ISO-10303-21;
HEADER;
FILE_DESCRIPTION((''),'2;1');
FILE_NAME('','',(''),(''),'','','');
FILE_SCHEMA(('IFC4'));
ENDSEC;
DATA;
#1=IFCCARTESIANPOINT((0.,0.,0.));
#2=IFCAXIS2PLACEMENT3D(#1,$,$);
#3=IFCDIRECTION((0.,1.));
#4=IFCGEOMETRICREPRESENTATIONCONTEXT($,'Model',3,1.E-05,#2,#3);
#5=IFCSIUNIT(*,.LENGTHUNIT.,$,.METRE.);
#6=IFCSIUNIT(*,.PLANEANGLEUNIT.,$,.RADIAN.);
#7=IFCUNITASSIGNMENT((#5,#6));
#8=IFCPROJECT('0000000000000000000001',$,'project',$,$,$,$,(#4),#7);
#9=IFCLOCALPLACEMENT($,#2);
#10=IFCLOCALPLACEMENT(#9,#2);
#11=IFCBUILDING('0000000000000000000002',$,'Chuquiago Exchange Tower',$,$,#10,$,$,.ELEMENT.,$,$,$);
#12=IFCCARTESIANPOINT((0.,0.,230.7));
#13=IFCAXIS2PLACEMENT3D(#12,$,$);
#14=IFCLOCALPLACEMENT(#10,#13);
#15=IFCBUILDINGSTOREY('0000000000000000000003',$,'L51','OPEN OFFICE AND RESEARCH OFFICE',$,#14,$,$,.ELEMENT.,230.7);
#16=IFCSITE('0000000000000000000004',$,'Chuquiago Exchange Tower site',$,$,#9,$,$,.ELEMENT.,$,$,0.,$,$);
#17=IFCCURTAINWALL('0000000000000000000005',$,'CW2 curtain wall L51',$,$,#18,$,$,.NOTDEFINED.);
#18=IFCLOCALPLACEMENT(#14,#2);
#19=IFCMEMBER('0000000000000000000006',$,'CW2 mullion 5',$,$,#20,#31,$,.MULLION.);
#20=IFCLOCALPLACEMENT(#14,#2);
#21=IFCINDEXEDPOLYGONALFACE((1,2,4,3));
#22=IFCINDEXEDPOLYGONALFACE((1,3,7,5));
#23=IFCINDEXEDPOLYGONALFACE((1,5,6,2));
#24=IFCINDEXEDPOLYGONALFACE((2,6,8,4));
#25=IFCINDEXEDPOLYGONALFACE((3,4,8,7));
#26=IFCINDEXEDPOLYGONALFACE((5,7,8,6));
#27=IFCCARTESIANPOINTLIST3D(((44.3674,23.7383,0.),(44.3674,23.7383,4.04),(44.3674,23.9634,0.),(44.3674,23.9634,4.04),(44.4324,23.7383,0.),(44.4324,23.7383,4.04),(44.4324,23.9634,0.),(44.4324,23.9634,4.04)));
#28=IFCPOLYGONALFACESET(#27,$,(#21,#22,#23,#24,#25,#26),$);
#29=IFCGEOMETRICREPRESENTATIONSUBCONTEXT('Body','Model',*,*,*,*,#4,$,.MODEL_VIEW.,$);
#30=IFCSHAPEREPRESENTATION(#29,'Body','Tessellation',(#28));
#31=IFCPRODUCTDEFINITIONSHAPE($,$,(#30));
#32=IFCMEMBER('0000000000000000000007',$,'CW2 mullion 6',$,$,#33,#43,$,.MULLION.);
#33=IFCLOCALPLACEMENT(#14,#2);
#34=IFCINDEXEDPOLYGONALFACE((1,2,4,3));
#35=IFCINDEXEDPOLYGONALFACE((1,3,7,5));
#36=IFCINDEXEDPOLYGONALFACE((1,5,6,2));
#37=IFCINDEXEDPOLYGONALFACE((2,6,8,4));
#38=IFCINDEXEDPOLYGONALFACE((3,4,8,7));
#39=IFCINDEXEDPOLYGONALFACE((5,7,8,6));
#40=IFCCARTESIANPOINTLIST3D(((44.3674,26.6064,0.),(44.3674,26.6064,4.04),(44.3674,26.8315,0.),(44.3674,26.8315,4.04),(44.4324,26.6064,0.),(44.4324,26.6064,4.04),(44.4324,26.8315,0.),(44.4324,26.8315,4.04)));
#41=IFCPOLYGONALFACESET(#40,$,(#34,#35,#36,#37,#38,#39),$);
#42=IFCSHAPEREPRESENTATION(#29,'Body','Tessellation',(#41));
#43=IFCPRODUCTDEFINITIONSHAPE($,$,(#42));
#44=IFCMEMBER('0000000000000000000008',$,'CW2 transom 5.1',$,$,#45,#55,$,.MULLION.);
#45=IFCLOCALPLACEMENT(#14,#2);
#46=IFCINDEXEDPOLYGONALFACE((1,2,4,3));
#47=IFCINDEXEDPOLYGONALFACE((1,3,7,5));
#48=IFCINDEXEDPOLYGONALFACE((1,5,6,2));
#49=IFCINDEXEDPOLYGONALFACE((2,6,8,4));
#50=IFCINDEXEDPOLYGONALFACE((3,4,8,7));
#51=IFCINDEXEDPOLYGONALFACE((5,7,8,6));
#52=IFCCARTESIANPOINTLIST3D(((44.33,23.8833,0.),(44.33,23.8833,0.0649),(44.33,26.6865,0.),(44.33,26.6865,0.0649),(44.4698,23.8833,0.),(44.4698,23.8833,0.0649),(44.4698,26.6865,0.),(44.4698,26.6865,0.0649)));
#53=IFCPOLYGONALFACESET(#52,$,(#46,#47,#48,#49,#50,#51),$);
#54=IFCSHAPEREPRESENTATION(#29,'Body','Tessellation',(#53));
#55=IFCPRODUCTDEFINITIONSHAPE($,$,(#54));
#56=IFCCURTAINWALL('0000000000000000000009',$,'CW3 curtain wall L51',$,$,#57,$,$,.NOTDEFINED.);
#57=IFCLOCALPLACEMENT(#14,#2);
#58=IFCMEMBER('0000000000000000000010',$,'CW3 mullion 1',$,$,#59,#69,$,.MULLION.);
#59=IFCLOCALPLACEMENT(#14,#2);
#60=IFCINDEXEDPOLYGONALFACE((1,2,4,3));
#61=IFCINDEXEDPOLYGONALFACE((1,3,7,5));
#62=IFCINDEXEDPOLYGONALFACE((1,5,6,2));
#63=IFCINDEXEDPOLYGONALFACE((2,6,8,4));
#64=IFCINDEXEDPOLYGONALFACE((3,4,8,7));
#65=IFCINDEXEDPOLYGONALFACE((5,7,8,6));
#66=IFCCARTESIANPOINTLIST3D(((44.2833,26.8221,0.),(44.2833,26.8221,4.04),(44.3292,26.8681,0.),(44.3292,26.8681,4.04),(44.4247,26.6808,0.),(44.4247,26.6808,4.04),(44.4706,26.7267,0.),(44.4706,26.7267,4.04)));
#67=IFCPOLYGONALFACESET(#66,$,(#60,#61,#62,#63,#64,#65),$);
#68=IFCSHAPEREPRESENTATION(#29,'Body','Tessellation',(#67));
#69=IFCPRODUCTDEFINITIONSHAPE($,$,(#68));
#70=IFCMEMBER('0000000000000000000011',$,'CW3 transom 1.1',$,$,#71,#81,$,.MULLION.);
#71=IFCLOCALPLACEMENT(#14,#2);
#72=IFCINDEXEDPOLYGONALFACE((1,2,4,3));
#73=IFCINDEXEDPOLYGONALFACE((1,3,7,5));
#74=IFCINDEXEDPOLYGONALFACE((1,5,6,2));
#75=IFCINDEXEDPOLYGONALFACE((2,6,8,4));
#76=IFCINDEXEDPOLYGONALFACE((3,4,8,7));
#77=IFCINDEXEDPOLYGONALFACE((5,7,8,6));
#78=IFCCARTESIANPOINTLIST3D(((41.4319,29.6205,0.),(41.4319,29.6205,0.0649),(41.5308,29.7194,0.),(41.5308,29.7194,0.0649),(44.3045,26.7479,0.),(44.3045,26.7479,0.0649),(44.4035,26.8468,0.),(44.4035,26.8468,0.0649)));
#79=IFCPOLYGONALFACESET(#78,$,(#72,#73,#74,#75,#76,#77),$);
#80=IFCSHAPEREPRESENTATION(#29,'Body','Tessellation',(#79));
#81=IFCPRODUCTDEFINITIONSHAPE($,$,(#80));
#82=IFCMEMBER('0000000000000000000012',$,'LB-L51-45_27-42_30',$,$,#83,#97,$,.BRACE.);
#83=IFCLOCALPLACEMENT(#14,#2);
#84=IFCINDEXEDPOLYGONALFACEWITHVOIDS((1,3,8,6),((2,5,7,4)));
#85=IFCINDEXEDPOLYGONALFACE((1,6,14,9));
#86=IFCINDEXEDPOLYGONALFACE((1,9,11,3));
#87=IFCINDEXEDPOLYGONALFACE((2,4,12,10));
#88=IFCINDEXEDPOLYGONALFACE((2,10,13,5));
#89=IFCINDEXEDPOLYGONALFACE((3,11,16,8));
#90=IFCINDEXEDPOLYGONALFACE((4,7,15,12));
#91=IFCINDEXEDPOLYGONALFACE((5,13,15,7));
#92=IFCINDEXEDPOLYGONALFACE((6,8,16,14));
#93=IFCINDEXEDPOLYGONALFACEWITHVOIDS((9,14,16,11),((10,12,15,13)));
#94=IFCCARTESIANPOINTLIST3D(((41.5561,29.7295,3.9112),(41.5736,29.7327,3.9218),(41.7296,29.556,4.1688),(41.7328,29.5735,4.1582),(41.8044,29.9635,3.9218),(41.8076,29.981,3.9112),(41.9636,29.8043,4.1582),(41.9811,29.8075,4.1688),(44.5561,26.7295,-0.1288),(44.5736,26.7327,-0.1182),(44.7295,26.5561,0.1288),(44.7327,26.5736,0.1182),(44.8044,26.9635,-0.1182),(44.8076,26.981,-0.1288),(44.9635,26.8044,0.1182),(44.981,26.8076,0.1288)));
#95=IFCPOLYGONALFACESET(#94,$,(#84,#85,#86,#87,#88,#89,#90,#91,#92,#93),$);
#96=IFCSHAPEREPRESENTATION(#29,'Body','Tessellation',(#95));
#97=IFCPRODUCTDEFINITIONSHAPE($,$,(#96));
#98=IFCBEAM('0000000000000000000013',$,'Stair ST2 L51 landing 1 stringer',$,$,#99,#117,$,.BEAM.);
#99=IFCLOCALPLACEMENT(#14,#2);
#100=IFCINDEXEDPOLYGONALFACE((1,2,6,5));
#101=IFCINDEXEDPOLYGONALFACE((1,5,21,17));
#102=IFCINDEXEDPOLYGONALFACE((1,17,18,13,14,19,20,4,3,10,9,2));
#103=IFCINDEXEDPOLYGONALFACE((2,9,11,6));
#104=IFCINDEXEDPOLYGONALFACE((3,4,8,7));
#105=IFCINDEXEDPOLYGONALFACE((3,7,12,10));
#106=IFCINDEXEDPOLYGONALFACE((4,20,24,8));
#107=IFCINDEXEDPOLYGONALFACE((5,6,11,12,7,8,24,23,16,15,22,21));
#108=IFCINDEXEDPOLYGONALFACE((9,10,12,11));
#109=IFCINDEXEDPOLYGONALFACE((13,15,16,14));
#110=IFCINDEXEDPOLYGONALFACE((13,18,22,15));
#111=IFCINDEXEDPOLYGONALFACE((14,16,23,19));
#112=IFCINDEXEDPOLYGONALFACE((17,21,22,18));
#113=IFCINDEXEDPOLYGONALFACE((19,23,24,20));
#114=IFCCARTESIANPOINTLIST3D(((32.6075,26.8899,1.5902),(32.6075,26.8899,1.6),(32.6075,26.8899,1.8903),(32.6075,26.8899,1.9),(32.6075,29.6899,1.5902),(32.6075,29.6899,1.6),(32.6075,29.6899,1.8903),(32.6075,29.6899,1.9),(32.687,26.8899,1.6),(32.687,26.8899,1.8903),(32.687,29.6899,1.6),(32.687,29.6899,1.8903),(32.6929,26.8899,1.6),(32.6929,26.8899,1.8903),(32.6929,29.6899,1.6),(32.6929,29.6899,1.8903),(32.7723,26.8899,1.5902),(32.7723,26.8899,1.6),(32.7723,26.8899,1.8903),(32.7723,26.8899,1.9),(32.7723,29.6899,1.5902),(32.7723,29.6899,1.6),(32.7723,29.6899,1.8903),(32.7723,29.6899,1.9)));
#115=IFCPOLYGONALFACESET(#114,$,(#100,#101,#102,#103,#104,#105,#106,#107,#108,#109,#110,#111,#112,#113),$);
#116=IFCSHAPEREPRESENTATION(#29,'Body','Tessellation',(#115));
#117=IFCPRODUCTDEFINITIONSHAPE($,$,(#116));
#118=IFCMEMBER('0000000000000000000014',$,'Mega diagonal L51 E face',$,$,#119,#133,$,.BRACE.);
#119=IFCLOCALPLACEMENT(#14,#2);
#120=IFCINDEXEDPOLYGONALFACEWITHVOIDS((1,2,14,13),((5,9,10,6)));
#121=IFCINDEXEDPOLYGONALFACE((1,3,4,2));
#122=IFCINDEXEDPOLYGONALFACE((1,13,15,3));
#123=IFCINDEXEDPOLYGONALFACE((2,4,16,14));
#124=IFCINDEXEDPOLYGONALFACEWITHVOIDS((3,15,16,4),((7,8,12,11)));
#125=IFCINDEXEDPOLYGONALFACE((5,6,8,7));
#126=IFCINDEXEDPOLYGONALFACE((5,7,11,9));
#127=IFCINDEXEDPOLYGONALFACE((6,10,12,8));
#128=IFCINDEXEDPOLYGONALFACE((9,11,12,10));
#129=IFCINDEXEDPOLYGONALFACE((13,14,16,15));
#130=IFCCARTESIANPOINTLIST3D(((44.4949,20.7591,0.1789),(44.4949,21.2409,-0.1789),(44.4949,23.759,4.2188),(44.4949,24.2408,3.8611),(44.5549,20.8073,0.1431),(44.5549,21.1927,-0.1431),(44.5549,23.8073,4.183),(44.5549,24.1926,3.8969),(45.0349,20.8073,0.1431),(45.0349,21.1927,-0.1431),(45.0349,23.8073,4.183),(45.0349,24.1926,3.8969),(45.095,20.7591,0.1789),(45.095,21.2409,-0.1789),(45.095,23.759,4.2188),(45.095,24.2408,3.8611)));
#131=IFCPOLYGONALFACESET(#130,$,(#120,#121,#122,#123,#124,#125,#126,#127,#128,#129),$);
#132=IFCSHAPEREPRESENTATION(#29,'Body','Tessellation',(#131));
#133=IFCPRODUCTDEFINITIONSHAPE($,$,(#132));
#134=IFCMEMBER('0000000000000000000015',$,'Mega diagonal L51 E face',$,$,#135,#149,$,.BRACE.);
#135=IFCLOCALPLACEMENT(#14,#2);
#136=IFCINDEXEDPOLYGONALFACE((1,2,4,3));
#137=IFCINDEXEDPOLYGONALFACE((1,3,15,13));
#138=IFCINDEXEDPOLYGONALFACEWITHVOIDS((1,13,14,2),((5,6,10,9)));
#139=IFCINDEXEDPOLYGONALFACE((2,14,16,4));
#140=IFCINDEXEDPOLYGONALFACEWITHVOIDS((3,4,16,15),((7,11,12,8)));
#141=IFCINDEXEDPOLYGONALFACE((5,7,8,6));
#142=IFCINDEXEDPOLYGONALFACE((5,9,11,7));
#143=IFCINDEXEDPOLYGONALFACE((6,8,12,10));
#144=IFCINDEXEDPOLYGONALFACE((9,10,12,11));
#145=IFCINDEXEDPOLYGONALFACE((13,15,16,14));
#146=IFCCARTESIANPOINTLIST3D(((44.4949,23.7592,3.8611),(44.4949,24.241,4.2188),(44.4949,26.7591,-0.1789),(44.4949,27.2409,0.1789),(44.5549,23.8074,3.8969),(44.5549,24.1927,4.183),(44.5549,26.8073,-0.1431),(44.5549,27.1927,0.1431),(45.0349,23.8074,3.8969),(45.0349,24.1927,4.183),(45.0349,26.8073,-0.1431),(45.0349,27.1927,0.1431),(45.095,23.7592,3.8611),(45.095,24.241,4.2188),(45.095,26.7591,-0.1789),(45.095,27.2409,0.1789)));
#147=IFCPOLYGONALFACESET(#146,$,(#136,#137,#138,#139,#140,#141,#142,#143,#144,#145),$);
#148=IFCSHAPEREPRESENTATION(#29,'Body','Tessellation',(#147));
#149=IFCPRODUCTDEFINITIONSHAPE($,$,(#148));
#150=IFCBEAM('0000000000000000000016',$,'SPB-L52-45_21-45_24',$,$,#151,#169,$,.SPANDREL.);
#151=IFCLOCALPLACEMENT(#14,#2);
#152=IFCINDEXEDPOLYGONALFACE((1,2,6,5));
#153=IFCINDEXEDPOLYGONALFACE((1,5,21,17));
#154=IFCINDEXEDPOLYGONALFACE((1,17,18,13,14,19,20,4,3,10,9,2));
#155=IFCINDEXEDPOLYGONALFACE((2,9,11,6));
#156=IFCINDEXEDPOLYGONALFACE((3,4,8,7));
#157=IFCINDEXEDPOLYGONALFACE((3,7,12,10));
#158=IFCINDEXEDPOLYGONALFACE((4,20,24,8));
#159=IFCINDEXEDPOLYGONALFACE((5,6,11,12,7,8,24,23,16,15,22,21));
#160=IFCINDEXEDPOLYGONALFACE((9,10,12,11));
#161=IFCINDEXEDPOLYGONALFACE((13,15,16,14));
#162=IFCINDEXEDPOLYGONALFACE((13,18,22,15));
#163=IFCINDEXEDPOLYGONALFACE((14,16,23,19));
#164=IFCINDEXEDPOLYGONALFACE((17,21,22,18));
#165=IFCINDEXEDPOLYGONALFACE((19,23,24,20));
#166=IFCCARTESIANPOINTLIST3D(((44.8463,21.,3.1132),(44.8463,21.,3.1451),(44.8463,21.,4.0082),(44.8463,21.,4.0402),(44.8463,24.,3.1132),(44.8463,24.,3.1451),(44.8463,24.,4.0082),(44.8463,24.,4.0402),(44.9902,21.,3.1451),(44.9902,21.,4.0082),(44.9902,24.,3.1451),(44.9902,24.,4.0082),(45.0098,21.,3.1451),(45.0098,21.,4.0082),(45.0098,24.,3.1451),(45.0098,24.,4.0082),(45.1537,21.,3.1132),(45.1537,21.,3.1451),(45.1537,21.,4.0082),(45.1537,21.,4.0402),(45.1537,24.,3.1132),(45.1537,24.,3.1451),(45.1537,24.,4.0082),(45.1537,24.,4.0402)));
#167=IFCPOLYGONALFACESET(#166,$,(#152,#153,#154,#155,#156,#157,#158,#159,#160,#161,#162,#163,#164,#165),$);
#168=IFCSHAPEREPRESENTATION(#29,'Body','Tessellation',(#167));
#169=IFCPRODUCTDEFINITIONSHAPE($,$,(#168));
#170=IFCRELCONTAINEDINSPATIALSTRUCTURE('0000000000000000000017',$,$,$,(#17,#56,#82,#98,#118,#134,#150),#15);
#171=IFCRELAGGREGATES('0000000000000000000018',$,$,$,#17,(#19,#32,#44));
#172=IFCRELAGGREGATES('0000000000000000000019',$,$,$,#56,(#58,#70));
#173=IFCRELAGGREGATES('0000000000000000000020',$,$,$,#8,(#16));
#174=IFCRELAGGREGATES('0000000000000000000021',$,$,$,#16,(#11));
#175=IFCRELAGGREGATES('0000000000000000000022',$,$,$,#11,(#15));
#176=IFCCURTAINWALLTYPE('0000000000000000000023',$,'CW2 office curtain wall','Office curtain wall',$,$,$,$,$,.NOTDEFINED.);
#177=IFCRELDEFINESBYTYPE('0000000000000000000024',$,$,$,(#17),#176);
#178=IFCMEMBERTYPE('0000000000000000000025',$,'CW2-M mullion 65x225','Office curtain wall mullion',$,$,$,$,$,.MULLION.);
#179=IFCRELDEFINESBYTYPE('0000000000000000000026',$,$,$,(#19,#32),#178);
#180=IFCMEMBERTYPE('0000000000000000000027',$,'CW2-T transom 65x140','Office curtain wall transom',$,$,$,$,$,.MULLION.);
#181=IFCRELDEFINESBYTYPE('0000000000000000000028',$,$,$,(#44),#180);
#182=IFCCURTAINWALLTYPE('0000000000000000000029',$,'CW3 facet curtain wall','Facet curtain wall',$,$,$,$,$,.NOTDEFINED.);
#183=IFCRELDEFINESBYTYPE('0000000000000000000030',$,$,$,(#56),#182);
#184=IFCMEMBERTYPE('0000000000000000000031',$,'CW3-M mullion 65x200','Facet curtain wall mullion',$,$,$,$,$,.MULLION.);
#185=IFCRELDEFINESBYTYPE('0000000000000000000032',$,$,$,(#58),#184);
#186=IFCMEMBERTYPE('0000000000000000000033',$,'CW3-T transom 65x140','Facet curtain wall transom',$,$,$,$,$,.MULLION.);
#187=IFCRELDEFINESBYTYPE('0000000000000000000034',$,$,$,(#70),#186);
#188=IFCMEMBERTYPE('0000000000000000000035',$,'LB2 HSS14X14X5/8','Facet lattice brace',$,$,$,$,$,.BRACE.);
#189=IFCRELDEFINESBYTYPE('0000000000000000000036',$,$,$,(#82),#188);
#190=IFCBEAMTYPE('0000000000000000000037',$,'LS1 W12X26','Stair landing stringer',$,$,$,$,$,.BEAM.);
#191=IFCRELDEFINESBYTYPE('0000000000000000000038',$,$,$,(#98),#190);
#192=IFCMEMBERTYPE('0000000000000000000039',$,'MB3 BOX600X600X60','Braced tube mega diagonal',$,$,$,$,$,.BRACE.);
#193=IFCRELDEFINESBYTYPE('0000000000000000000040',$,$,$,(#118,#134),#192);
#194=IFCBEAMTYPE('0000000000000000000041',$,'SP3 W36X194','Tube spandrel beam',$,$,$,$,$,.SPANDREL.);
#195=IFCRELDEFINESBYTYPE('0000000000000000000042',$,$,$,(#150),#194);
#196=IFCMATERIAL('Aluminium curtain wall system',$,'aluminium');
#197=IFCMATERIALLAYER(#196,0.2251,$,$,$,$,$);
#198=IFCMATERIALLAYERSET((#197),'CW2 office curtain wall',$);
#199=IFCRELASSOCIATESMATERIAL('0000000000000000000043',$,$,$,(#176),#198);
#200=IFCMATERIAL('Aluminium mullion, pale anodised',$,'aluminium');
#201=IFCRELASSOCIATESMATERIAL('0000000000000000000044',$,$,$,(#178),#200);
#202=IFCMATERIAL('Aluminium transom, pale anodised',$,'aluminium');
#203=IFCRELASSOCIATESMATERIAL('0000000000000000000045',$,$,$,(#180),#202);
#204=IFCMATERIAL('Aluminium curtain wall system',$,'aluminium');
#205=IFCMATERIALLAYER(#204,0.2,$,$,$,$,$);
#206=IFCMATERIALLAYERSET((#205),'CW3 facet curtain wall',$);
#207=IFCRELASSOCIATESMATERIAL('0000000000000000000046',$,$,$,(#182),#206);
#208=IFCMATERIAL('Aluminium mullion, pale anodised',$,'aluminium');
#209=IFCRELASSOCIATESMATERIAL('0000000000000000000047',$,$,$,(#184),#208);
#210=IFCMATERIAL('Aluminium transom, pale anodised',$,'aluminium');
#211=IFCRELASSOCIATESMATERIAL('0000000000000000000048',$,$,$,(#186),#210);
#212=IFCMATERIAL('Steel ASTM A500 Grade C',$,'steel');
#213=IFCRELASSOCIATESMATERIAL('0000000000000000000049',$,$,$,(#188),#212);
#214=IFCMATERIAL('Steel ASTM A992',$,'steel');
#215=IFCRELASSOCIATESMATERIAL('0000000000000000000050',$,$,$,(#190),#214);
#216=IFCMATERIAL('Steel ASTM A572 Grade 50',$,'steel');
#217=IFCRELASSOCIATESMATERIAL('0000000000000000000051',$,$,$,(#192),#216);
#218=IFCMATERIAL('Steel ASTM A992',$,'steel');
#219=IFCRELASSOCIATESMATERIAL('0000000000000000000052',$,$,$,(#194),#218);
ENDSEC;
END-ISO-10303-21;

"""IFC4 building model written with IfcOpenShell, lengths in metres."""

from ifc_helpers import new_model, si_unit, direction, frame, origin, origin_2d, place, context, subcontext, project, spatial, rectangle, hollow_rectangle, i_section, extrude, material, layer, layer_set, material_profile, profile_set, type_object, element, aggregate, save


model = new_model("IFC4")

# Units and contexts
model_context = context("Model", 3, precision=1e-05, world=origin(), true_north=direction((0.0, 1.0)))
body_context = subcontext(model_context, "Body", "Model", "MODEL_VIEW")
ifc_project = project(units=[si_unit("LENGTHUNIT", "METRE"), si_unit("PLANEANGLEUNIT", "RADIAN")], contexts=[model_context])

# Site, building, storey
site_placement = place(None, origin())
site = spatial("IfcSite", under=ifc_project, at=site_placement, Name="Chuquiago Exchange Tower site", CompositionType="ELEMENT", RefElevation=0.0)
building_placement = place(site_placement, origin())
building = spatial("IfcBuilding", under=site, at=building_placement, Name="Chuquiago Exchange Tower", CompositionType="ELEMENT")
storey_placement = place(building_placement, frame((0.0, 0.0, 230.7)))
storey = spatial("IfcBuildingStorey", under=building, at=storey_placement, Name="L51", Description="OPEN OFFICE AND RESEARCH OFFICE", CompositionType="ELEMENT", Elevation=230.7)

# Curtain walls, members
ifc_material_1 = material(Name="Aluminium curtain wall system", Category="aluminium")
ifc_layer_1 = layer(ifc_material_1, 0.2251)
ifc_layer_set_1 = layer_set([ifc_layer_1], Name="CW2 office curtain wall")
curtain_wall_type_1 = type_object("IfcCurtainWallType", Name="CW2 office curtain wall", Description="Office curtain wall", PredefinedType="NOTDEFINED", material=ifc_layer_set_1)
curtain_wall_1_placement = place(storey_placement, origin())
curtain_wall_1 = element("IfcCurtainWall", 1, at=curtain_wall_1_placement, inside=storey, type_object=curtain_wall_type_1, Name="CW2 curtain wall L51", PredefinedType="NOTDEFINED")
ifc_material_2 = material(Name="Aluminium mullion, pale anodised", Category="aluminium")
ifc_material_profile_1 = material_profile(ifc_material_2, rectangle(XDim=0.0649, YDim=0.2251, at=origin_2d()), Name="AL 65x225")
ifc_profile_set_1 = profile_set([ifc_material_profile_1], Name="Aluminium mullion, pale anodised")
member_type_1 = type_object("IfcMemberType", Name="CW2-M mullion 65x225", Description="Office curtain wall mullion", PredefinedType="MULLION", material=ifc_profile_set_1)
member_1_placement = place(storey_placement, frame((44.3999, 23.8508, 0.0), z_axis=(0.0, 0.0, 1.0), x_axis=(-1.0, 0.0, 0.0)))
member_1 = element("IfcMember", 2, at=member_1_placement, type_object=member_type_1, Name="CW2 mullion 5", PredefinedType="MULLION", context=body_context, shape_type="SweptSolid", body=[
    extrude(rectangle(XDim=0.0649, YDim=0.2251, at=origin_2d()), origin(), (0.0, 0.0, 1.0), 4.04),
])
member_2_placement = place(storey_placement, frame((44.3999, 26.719, 0.0), z_axis=(0.0, 0.0, 1.0), x_axis=(-1.0, 0.0, 0.0)))
member_2 = element("IfcMember", 3, at=member_2_placement, type_object=member_type_1, Name="CW2 mullion 6", PredefinedType="MULLION", context=body_context, shape_type="SweptSolid", body=[
    extrude(rectangle(XDim=0.0649, YDim=0.2251, at=origin_2d()), origin(), (0.0, 0.0, 1.0), 4.04),
])
ifc_material_3 = material(Name="Aluminium transom, pale anodised", Category="aluminium")
ifc_material_profile_2 = material_profile(ifc_material_3, rectangle(XDim=0.1399, YDim=0.0649, at=origin_2d()), Name="AL 140x65")
ifc_profile_set_2 = profile_set([ifc_material_profile_2], Name="Aluminium transom, pale anodised")
member_type_2 = type_object("IfcMemberType", Name="CW2-T transom 65x140", Description="Office curtain wall transom", PredefinedType="MULLION", material=ifc_profile_set_2)
member_3_placement = place(storey_placement, frame((44.3999, 23.8833, 0.0325), z_axis=(0.0, 1.0, 0.0), x_axis=(-1.0, 0.0, 0.0)))
member_3 = element("IfcMember", 4, at=member_3_placement, type_object=member_type_2, Name="CW2 transom 5.1", PredefinedType="MULLION", context=body_context, shape_type="SweptSolid", body=[
    extrude(rectangle(XDim=0.1399, YDim=0.0649, at=origin_2d()), origin(), (0.0, 0.0, 1.0), 2.8032),
])
ifc_material_4 = material(Name="Aluminium curtain wall system", Category="aluminium")
ifc_layer_2 = layer(ifc_material_4, 0.2)
ifc_layer_set_2 = layer_set([ifc_layer_2], Name="CW3 facet curtain wall")
curtain_wall_type_2 = type_object("IfcCurtainWallType", Name="CW3 facet curtain wall", Description="Facet curtain wall", PredefinedType="NOTDEFINED", material=ifc_layer_set_2)
curtain_wall_2_placement = place(storey_placement, origin())
curtain_wall_2 = element("IfcCurtainWall", 5, at=curtain_wall_2_placement, inside=storey, type_object=curtain_wall_type_2, Name="CW3 curtain wall L51", PredefinedType="NOTDEFINED")
ifc_material_5 = material(Name="Aluminium mullion, pale anodised", Category="aluminium")
ifc_material_profile_3 = material_profile(ifc_material_5, rectangle(XDim=0.0649, YDim=0.2, at=origin_2d()), Name="AL 65x200")
ifc_profile_set_3 = profile_set([ifc_material_profile_3], Name="Aluminium mullion, pale anodised")
member_type_3 = type_object("IfcMemberType", Name="CW3-M mullion 65x200", Description="Facet curtain wall mullion", PredefinedType="MULLION", material=ifc_profile_set_3)
member_4_placement = place(storey_placement, frame((44.377, 26.7744, 0.0), z_axis=(0.0, 0.0, 1.0), x_axis=(-0.707107, -0.707107, 0.0)))
member_4 = element("IfcMember", 6, at=member_4_placement, type_object=member_type_3, Name="CW3 mullion 1", PredefinedType="MULLION", context=body_context, shape_type="SweptSolid", body=[
    extrude(rectangle(XDim=0.0649, YDim=0.2, at=origin_2d()), origin(), (0.0, 0.0, 1.0), 4.04),
])
ifc_material_6 = material(Name="Aluminium transom, pale anodised", Category="aluminium")
ifc_material_profile_4 = material_profile(ifc_material_6, rectangle(XDim=0.1399, YDim=0.0649, at=origin_2d()), Name="AL 140x65")
ifc_profile_set_4 = profile_set([ifc_material_profile_4], Name="Aluminium transom, pale anodised")
member_type_4 = type_object("IfcMemberType", Name="CW3-T transom 65x140", Description="Facet curtain wall transom", PredefinedType="MULLION", material=ifc_profile_set_4)
member_5_placement = place(storey_placement, frame((44.354, 26.7974, 0.0325), z_axis=(-0.707107, 0.707107, 0.0), x_axis=(-0.707107, -0.707107, 0.0)))
member_5 = element("IfcMember", 7, at=member_5_placement, type_object=member_type_4, Name="CW3 transom 1.1", PredefinedType="MULLION", context=body_context, shape_type="SweptSolid", body=[
    extrude(rectangle(XDim=0.1399, YDim=0.0649, at=origin_2d()), origin(), (0.0, 0.0, 1.0), 4.0625),
])

# Member
ifc_material_7 = material(Name="Steel ASTM A500 Grade C", Category="steel")
ifc_material_profile_5 = material_profile(ifc_material_7, hollow_rectangle(XDim=0.3557, YDim=0.3557, WallThickness=0.0146, at=origin_2d()), Name="HSS14X14X5/8")
ifc_profile_set_5 = profile_set([ifc_material_profile_5], Name="Steel ASTM A500 Grade C")
member_type_5 = type_object("IfcMemberType", Name="LB2 HSS14X14X5/8", Description="Facet lattice brace", PredefinedType="BRACE", material=ifc_profile_set_5)
member_6_placement = place(storey_placement, frame((44.7686, 26.7686, 0.0), z_axis=(-0.512077, 0.512077, 0.689604), x_axis=(-0.707107, -0.707107, 0.0)))
element("IfcMember", 8, at=member_6_placement, inside=storey, type_object=member_type_5, Name="LB-L51-45_27-42_30", PredefinedType="BRACE", context=body_context, shape_type="SweptSolid", body=[
    extrude(hollow_rectangle(XDim=0.3557, YDim=0.3557, WallThickness=0.0146, at=origin_2d()), origin(), (0.0, 0.0, 1.0), 5.8584),
])

# Beam
ifc_material_8 = material(Name="Steel ASTM A992", Category="steel")
ifc_material_profile_6 = material_profile(ifc_material_8, i_section(OverallWidth=0.1648, OverallDepth=0.3098, WebThickness=0.0059, FlangeThickness=0.0098, at=origin_2d()), Name="W12X26")
ifc_profile_set_6 = profile_set([ifc_material_profile_6], Name="Steel ASTM A992")
beam_type_1 = type_object("IfcBeamType", Name="LS1 W12X26", Description="Stair landing stringer", PredefinedType="BEAM", material=ifc_profile_set_6)
beam_1_placement = place(storey_placement, frame((32.6899, 26.8899, 1.7451), z_axis=(0.0, 1.0, 0.0), x_axis=(-1.0, 0.0, 0.0)))
element("IfcBeam", 9, at=beam_1_placement, inside=storey, type_object=beam_type_1, Name="Stair ST2 L51 landing 1 stringer", PredefinedType="BEAM", context=body_context, shape_type="SweptSolid", body=[
    extrude(i_section(OverallWidth=0.1648, OverallDepth=0.3098, WebThickness=0.0059, FlangeThickness=0.0098, at=origin_2d()), origin(), (0.0, 0.0, 1.0), 2.8),
])

# Members
ifc_material_9 = material(Name="Steel ASTM A572 Grade 50", Category="steel")
ifc_material_profile_7 = material_profile(ifc_material_9, hollow_rectangle(XDim=0.6001, YDim=0.6001, WallThickness=0.0601, at=origin_2d()), Name="BOX600X600X60")
ifc_profile_set_7 = profile_set([ifc_material_profile_7], Name="Steel ASTM A572 Grade 50")
member_type_6 = type_object("IfcMemberType", Name="MB3 BOX600X600X60", Description="Braced tube mega diagonal", PredefinedType="BRACE", material=ifc_profile_set_7)
for number, where, z_axis, x_axis, name in (
    (10, (44.7949, 21.0, 0.0), (0.0, 0.596174, 0.802855), (-1.0, 0.0, 0.0), "Mega diagonal L51 E face"),
    (11, (44.7949, 27.0, 0.0), (0.0, -0.596174, 0.802855), (1.0, 0.0, 0.0), "Mega diagonal L51 E face"),
):
    element("IfcMember", number, at=place(storey_placement, frame(where, z_axis=z_axis, x_axis=x_axis)), inside=storey, type_object=member_type_6, Name=name, PredefinedType="BRACE", context=body_context, shape_type="SweptSolid", body=[
        extrude(hollow_rectangle(XDim=0.6001, YDim=0.6001, WallThickness=0.0601, at=origin_2d()), origin(), (0.0, 0.0, 1.0), 5.032),
    ])

# Beam
ifc_material_10 = material(Name="Steel ASTM A992", Category="steel")
ifc_material_profile_8 = material_profile(ifc_material_10, i_section(OverallWidth=0.3074, OverallDepth=0.927, WebThickness=0.0195, FlangeThickness=0.032, at=origin_2d()), Name="W36X194")
ifc_profile_set_8 = profile_set([ifc_material_profile_8], Name="Steel ASTM A992")
beam_type_2 = type_object("IfcBeamType", Name="SP3 W36X194", Description="Tube spandrel beam", PredefinedType="SPANDREL", material=ifc_profile_set_8)
for number, where, z_axis, x_axis, name in (
    (12, (45.0, 21.0, 3.5767), (0.0, 1.0, 0.0), (-1.0, 0.0, 0.0), "SPB-L52-45_21-45_24"),
):
    element("IfcBeam", number, at=place(storey_placement, frame(where, z_axis=z_axis, x_axis=x_axis)), inside=storey, type_object=beam_type_2, Name=name, PredefinedType="SPANDREL", context=body_context, shape_type="SweptSolid", body=[
        extrude(i_section(OverallWidth=0.3074, OverallDepth=0.927, WebThickness=0.0195, FlangeThickness=0.032, at=origin_2d()), origin(), (0.0, 0.0, 1.0), 3.0),
    ])

aggregate(curtain_wall_1, [member_1, member_2, member_3])
aggregate(curtain_wall_2, [member_4, member_5])

save(model, "model.ifc")
